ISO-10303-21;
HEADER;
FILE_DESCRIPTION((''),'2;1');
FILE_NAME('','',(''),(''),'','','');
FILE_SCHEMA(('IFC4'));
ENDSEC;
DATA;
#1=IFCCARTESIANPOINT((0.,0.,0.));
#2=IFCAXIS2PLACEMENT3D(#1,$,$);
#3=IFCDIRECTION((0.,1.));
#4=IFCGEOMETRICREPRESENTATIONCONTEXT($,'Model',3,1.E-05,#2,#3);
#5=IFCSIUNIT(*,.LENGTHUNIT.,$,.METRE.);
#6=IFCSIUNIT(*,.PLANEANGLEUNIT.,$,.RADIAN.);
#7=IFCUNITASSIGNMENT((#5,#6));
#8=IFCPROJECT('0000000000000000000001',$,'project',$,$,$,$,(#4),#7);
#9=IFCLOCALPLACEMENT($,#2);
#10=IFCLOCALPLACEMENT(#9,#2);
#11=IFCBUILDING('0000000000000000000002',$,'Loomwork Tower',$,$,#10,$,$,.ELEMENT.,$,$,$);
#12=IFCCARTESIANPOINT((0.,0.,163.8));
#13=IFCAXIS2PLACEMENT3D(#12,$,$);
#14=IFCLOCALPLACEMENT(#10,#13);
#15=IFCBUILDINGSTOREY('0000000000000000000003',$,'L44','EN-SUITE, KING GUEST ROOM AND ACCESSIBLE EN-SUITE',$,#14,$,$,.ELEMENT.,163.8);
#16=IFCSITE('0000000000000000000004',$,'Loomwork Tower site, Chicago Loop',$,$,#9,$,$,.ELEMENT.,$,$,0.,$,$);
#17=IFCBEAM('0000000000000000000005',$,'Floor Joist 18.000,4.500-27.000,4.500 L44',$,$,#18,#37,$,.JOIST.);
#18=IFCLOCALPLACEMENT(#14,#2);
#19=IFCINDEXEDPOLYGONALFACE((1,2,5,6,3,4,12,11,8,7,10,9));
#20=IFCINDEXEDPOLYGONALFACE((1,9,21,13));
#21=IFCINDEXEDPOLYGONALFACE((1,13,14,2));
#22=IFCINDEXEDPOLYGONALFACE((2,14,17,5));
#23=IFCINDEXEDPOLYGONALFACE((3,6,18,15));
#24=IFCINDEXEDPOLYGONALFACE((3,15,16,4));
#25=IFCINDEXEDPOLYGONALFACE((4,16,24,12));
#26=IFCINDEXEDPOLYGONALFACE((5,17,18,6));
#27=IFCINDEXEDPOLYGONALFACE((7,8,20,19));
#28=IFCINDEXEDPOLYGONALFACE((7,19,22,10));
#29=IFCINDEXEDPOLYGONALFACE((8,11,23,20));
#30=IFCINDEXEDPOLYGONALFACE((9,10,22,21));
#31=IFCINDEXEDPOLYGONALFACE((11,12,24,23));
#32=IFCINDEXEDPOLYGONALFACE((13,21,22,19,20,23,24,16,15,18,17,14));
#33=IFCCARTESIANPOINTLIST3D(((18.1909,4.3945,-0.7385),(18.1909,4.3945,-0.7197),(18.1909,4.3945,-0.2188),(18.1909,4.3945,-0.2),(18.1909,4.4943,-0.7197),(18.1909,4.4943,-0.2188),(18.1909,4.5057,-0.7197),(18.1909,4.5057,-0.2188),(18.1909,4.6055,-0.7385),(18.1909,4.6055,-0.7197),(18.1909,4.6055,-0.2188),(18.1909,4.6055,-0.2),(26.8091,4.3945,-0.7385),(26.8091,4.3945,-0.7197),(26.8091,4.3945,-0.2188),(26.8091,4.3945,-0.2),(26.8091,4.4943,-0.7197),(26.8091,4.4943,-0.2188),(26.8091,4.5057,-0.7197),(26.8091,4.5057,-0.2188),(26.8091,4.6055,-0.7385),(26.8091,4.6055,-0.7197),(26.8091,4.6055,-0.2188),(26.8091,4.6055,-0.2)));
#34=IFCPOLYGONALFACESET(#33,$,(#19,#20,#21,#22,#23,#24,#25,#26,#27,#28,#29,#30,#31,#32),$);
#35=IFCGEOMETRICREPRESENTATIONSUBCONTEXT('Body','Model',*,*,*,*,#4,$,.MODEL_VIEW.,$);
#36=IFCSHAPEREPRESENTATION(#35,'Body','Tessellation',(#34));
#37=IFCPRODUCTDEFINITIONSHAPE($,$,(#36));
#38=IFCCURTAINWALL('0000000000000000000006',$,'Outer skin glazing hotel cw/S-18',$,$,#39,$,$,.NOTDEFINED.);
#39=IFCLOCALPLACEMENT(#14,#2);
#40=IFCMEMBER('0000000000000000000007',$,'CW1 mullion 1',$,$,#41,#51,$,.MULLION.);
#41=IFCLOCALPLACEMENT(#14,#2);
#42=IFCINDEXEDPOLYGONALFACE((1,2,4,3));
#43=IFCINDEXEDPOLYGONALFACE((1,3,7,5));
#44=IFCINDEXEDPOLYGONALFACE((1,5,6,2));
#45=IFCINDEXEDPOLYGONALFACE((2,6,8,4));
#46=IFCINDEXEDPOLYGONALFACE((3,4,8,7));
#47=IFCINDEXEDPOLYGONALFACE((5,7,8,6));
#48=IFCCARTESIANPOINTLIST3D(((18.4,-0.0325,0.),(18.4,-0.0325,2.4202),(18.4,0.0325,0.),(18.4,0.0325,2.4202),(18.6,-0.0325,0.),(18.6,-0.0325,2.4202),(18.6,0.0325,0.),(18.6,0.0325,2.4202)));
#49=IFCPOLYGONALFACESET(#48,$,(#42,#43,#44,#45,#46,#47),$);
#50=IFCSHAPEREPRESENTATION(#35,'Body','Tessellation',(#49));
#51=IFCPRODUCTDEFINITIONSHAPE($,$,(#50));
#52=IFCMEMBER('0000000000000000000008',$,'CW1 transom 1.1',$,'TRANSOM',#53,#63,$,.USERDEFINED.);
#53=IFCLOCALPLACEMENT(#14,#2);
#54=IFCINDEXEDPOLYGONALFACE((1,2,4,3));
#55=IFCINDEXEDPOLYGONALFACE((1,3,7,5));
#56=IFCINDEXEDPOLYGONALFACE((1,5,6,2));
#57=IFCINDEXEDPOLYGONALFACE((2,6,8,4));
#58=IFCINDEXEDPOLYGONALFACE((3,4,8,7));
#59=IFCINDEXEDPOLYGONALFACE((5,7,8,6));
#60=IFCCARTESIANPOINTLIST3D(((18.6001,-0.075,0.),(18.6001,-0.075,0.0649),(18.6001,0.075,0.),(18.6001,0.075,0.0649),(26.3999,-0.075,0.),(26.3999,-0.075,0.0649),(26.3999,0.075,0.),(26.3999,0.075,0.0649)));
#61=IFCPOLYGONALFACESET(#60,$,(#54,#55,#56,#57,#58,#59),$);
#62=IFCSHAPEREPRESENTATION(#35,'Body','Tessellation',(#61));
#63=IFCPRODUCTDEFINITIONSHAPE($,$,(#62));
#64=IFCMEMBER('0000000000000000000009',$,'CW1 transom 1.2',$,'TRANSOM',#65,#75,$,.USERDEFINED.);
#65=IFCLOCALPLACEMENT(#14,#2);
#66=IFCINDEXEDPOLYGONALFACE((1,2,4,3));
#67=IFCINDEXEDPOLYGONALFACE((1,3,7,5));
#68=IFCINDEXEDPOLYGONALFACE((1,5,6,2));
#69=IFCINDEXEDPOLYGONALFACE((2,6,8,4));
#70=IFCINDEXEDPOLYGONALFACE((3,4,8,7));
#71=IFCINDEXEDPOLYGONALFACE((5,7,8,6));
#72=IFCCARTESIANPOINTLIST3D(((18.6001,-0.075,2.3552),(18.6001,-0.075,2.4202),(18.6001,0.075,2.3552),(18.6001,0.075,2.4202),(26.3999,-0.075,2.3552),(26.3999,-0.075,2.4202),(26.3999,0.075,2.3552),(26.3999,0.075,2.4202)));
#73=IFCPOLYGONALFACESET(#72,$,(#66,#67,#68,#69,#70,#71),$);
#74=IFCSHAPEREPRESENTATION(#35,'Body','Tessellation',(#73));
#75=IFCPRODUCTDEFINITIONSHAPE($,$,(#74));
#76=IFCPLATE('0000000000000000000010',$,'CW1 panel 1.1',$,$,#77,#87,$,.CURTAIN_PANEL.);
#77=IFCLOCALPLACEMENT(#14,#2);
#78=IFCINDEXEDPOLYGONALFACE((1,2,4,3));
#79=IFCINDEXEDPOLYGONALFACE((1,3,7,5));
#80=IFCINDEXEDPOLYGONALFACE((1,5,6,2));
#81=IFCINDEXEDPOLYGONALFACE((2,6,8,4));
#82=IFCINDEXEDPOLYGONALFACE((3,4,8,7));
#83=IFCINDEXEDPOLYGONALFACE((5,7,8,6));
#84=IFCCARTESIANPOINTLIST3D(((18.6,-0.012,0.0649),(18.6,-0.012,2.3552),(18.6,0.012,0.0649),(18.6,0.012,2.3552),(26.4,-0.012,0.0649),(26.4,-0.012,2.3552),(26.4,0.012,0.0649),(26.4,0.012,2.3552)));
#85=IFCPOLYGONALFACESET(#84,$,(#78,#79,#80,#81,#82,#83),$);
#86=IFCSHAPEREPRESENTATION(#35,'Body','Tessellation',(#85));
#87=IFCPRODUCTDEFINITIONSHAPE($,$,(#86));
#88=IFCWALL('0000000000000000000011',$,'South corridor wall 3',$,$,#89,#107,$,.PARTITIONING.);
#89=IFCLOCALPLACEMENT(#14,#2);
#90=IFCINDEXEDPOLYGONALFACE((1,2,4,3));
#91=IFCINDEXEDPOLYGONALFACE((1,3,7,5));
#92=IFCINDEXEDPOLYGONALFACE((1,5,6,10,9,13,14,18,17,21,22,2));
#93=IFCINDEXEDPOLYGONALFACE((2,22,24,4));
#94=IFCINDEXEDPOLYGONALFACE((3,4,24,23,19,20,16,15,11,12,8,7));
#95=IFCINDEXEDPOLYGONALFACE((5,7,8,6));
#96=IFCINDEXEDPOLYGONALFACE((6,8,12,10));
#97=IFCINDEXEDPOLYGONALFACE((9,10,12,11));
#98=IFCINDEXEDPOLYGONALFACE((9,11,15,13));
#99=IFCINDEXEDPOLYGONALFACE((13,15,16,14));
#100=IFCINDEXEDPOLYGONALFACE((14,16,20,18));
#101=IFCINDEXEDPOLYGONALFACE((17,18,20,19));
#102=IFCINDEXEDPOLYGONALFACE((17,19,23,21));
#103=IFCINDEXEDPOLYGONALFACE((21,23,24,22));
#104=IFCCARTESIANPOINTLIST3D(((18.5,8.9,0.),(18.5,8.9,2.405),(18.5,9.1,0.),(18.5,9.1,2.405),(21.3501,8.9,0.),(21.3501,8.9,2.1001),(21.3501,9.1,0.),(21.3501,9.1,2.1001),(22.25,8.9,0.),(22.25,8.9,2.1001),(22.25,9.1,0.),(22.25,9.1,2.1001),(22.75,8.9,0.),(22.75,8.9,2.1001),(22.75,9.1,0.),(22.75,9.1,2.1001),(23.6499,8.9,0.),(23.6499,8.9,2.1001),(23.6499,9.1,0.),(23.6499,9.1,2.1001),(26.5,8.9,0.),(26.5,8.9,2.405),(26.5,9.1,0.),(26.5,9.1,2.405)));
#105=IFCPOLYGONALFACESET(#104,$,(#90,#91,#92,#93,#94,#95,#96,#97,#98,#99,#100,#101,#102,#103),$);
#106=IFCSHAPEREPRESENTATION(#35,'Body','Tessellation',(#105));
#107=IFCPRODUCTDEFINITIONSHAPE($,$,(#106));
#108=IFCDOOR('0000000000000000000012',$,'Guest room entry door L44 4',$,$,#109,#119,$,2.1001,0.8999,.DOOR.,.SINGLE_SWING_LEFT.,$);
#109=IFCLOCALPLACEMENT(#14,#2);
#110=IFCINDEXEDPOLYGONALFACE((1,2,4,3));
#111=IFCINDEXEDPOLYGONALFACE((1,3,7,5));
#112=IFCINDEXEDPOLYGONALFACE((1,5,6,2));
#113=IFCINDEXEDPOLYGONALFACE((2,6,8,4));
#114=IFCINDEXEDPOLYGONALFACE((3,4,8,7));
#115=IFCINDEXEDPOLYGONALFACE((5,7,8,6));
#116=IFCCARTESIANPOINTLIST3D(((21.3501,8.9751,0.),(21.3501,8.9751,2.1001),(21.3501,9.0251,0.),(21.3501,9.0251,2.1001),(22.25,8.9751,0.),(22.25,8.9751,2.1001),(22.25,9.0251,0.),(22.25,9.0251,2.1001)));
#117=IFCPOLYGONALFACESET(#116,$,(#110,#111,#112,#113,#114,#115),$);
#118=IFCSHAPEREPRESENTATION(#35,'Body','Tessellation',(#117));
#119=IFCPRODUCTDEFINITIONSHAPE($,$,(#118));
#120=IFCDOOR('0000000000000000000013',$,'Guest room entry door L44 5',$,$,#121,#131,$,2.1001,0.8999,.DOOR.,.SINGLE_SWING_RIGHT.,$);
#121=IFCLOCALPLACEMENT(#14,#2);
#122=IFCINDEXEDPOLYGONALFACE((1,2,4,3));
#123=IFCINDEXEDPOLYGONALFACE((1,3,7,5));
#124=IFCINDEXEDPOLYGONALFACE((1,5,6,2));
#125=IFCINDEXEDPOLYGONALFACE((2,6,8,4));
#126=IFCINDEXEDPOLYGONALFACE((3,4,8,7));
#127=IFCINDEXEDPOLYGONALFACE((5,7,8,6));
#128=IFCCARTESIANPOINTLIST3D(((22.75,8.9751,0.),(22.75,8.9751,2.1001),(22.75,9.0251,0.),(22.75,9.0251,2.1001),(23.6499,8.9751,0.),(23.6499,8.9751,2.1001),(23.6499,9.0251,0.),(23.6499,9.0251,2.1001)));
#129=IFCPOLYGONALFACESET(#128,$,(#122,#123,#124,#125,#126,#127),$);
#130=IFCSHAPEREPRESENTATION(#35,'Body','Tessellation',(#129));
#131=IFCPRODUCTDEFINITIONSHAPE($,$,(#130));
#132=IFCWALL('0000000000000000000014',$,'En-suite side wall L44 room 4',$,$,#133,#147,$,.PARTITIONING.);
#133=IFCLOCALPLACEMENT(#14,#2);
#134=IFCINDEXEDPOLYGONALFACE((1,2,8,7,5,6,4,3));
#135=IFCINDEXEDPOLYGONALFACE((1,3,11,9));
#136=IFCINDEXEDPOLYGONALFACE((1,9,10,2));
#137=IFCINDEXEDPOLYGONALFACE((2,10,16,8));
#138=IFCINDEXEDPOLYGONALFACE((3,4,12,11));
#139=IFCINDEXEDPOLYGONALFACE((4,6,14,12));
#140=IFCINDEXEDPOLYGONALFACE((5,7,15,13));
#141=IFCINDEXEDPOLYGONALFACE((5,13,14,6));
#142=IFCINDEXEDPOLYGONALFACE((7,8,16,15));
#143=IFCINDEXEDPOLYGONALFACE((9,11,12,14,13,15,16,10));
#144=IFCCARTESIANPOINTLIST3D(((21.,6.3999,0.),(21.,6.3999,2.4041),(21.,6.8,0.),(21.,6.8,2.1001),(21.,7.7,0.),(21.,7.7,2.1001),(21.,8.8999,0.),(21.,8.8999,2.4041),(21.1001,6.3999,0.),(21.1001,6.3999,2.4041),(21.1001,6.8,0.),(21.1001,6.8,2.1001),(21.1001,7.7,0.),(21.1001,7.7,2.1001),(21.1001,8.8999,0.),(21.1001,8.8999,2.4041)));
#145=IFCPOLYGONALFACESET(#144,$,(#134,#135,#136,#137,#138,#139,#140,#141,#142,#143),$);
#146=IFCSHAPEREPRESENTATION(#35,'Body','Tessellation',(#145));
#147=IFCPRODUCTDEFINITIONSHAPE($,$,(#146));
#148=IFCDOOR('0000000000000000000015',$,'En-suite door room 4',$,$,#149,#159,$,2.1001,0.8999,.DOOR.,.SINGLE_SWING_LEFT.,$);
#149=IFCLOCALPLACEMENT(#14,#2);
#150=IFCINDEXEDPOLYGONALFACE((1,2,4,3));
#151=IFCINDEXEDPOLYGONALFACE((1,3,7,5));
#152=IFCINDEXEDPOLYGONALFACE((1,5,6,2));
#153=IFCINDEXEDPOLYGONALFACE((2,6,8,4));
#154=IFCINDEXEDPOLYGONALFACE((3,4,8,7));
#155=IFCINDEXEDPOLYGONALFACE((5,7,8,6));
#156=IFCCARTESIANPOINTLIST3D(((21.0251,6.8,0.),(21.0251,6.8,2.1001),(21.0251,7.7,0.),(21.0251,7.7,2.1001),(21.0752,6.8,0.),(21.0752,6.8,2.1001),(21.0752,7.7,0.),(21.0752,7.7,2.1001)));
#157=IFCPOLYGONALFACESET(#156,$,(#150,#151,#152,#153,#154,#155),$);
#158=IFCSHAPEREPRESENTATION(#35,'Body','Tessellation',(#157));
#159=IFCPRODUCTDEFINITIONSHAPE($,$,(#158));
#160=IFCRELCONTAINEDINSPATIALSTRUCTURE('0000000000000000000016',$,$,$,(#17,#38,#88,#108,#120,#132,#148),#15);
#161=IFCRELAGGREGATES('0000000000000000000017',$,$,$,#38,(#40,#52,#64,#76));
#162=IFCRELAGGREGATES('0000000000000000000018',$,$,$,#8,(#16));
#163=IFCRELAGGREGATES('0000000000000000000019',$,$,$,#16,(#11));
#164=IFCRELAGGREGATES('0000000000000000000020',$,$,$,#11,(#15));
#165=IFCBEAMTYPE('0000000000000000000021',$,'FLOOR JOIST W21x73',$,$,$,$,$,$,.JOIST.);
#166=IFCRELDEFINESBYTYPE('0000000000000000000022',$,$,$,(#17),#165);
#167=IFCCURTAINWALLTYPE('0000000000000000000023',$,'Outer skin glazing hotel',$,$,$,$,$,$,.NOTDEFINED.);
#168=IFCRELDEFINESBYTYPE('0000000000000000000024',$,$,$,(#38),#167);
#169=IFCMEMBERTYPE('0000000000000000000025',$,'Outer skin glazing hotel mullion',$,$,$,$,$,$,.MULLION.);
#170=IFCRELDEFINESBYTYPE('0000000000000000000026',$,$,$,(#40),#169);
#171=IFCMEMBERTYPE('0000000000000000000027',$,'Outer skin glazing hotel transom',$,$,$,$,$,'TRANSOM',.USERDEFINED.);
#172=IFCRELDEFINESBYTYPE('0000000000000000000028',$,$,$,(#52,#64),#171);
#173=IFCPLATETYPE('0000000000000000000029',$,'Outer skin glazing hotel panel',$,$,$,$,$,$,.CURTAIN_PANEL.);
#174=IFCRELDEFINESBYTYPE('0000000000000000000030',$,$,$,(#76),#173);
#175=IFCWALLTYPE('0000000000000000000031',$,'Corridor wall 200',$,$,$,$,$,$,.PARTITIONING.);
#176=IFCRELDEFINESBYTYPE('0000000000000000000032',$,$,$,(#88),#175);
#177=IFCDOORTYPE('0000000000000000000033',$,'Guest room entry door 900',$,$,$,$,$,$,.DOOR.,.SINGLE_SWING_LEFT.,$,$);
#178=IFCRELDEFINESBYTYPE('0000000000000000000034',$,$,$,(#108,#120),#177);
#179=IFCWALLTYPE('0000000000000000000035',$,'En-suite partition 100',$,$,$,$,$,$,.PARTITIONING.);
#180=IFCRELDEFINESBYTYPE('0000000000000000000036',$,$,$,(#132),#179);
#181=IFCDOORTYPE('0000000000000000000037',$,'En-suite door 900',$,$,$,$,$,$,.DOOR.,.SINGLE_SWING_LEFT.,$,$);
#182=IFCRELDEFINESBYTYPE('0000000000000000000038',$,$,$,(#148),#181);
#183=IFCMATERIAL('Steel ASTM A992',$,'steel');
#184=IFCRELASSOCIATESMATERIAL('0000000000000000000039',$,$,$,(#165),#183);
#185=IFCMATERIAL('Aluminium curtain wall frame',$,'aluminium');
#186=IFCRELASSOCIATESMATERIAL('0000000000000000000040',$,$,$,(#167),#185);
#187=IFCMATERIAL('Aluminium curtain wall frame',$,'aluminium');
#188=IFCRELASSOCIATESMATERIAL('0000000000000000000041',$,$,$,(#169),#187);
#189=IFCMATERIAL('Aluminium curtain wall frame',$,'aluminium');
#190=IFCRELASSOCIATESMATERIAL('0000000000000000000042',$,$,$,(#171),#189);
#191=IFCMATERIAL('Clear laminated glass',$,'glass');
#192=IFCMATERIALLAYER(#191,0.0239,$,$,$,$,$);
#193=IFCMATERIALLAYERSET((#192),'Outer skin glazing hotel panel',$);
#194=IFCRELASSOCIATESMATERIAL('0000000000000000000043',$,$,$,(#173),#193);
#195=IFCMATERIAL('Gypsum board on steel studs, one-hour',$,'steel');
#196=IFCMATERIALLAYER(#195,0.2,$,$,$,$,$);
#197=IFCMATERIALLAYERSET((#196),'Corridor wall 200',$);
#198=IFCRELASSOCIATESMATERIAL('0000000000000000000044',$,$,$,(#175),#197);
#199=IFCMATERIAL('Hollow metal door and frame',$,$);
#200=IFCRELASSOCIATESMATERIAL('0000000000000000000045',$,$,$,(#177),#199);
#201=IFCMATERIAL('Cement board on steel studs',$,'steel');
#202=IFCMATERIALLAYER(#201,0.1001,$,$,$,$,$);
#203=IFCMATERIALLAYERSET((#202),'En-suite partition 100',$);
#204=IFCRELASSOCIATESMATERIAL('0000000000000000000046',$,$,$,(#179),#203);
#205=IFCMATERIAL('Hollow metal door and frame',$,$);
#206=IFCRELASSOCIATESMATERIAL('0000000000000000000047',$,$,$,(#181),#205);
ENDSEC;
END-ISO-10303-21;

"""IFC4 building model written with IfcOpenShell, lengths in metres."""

from ifc_helpers import new_model, si_unit, direction, frame, frame_2d, origin, origin_2d, place, context, subcontext, project, spatial, rectangle, i_section, extrude, material, layer, layer_set, material_profile, profile_set, type_object, element, fill, aggregate, save


model = new_model("IFC4")

# Units and contexts
model_context = context("Model", 3, precision=1e-05, world=origin(), true_north=direction((0.0, 1.0)))
body_context = subcontext(model_context, "Body", "Model", "MODEL_VIEW")
ifc_project = project(units=[si_unit("LENGTHUNIT", "METRE"), si_unit("PLANEANGLEUNIT", "RADIAN")], contexts=[model_context])

# Site, building, storey
site_placement = place(None, origin())
site = spatial("IfcSite", under=ifc_project, at=site_placement, Name="Loomwork Tower site, Chicago Loop", CompositionType="ELEMENT", RefElevation=0.0)
building_placement = place(site_placement, origin())
building = spatial("IfcBuilding", under=site, at=building_placement, Name="Loomwork Tower", CompositionType="ELEMENT")
storey_placement = place(building_placement, frame((0.0, 0.0, 163.8)))
storey = spatial("IfcBuildingStorey", under=building, at=storey_placement, Name="L44", Description="EN-SUITE, KING GUEST ROOM AND ACCESSIBLE EN-SUITE", CompositionType="ELEMENT", Elevation=163.8)

# Beam
ifc_material_1 = material(Name="Steel ASTM A992", Category="steel")
ifc_material_profile_1 = material_profile(ifc_material_1, i_section(OverallWidth=0.2109, OverallDepth=0.5386, WebThickness=0.0115, FlangeThickness=0.0188, at=origin_2d()), Name="W21x73")
ifc_profile_set_1 = profile_set([ifc_material_profile_1], Name="Steel ASTM A992")
beam_type = type_object("IfcBeamType", Name="FLOOR JOIST W21x73", PredefinedType="JOIST", material=ifc_profile_set_1)
beam_placement = place(storey_placement, frame((18.1909, 4.5, -0.4692), z_axis=(1.0, 0.0, 0.0), x_axis=(0.0, 1.0, 0.0)))
element("IfcBeam", 1, at=beam_placement, inside=storey, type_object=beam_type, Name="Floor Joist 18.000,4.500-27.000,4.500 L44", PredefinedType="JOIST", context=body_context, shape_type="SweptSolid", body=[
    extrude(i_section(OverallWidth=0.2109, OverallDepth=0.5386, WebThickness=0.0115, FlangeThickness=0.0188, at=origin_2d()), origin(), (0.0, 0.0, 1.0), 8.6182),
])

# Curtain wall, members, plate
ifc_material_2 = material(Name="Aluminium curtain wall frame", Category="aluminium")
curtain_wall_type = type_object("IfcCurtainWallType", Name="Outer skin glazing hotel", PredefinedType="NOTDEFINED", material=ifc_material_2)
curtain_wall_placement = place(storey_placement, origin())
curtain_wall = element("IfcCurtainWall", 2, at=curtain_wall_placement, inside=storey, type_object=curtain_wall_type, Name="Outer skin glazing hotel cw/S-18", PredefinedType="NOTDEFINED")
ifc_material_3 = material(Name="Aluminium curtain wall frame", Category="aluminium")
ifc_material_profile_2 = material_profile(ifc_material_3, rectangle(XDim=0.0649, YDim=0.2, at=origin_2d()), Name="AL 65x200")
ifc_profile_set_2 = profile_set([ifc_material_profile_2], Name="Aluminium curtain wall frame")
member_type_1 = type_object("IfcMemberType", Name="Outer skin glazing hotel mullion", PredefinedType="MULLION", material=ifc_profile_set_2)
member_1_placement = place(storey_placement, frame((18.5, 0.0, 0.0), z_axis=(0.0, 0.0, 1.0), x_axis=(0.0, 1.0, 0.0)))
member_1 = element("IfcMember", 3, at=member_1_placement, type_object=member_type_1, Name="CW1 mullion 1", PredefinedType="MULLION", context=body_context, shape_type="SweptSolid", body=[
    extrude(rectangle(XDim=0.0649, YDim=0.2, at=origin_2d()), origin(), (0.0, 0.0, 1.0), 2.4202),
])
ifc_material_4 = material(Name="Aluminium curtain wall frame", Category="aluminium")
ifc_material_profile_3 = material_profile(ifc_material_4, rectangle(XDim=0.1499, YDim=0.0649, at=origin_2d()), Name="AL 65x150")
ifc_profile_set_3 = profile_set([ifc_material_profile_3], Name="Aluminium curtain wall frame")
member_type_2 = type_object("IfcMemberType", Name="Outer skin glazing hotel transom", ElementType="TRANSOM", PredefinedType="USERDEFINED", material=ifc_profile_set_3)
member_2_placement = place(storey_placement, frame((18.6001, 0.0, 0.0325), z_axis=(1.0, 0.0, 0.0), x_axis=(0.0, 1.0, 0.0)))
member_2 = element("IfcMember", 4, at=member_2_placement, type_object=member_type_2, Name="CW1 transom 1.1", ObjectType="TRANSOM", PredefinedType="USERDEFINED", context=body_context, shape_type="SweptSolid", body=[
    extrude(rectangle(XDim=0.1499, YDim=0.0649, at=origin_2d()), origin(), (0.0, 0.0, 1.0), 7.7998),
])
member_3_placement = place(storey_placement, frame((18.6001, 0.0, 2.3877), z_axis=(1.0, 0.0, 0.0), x_axis=(0.0, 1.0, 0.0)))
member_3 = element("IfcMember", 5, at=member_3_placement, type_object=member_type_2, Name="CW1 transom 1.2", ObjectType="TRANSOM", PredefinedType="USERDEFINED", context=body_context, shape_type="SweptSolid", body=[
    extrude(rectangle(XDim=0.1499, YDim=0.0649, at=origin_2d()), origin(), (0.0, 0.0, 1.0), 7.7998),
])
ifc_material_5 = material(Name="Clear laminated glass", Category="glass")
ifc_layer_1 = layer(ifc_material_5, 0.0239)
ifc_layer_set_1 = layer_set([ifc_layer_1], Name="Outer skin glazing hotel panel")
plate_type = type_object("IfcPlateType", Name="Outer skin glazing hotel panel", PredefinedType="CURTAIN_PANEL", material=ifc_layer_set_1)
plate_placement = place(storey_placement, frame((22.5, 0.0, 0.0649), z_axis=(0.0, 0.0, 1.0), x_axis=(1.0, 0.0, 0.0)))
plate = element("IfcPlate", 6, at=plate_placement, type_object=plate_type, Name="CW1 panel 1.1", PredefinedType="CURTAIN_PANEL", context=body_context, shape_type="SweptSolid", body=[
    extrude(rectangle(XDim=7.8, YDim=0.0239, at=origin_2d()), origin(), (0.0, 0.0, 1.0), 2.2903),
])
aggregate(curtain_wall, [member_1, member_2, member_3, plate])

# Wall, openings, doors
ifc_material_6 = material(Name="Gypsum board on steel studs, one-hour", Category="steel")
ifc_layer_2 = layer(ifc_material_6, 0.2)
ifc_layer_set_2 = layer_set([ifc_layer_2], Name="Corridor wall 200")
wall_type_1 = type_object("IfcWallType", Name="Corridor wall 200", PredefinedType="PARTITIONING", material=ifc_layer_set_2)
wall_1_placement = place(storey_placement, frame((18.5, 9.0, 0.0), z_axis=(0.0, 0.0, 1.0), x_axis=(1.0, 0.0, 0.0)))
wall_1 = element("IfcWall", 7, at=wall_1_placement, inside=storey, type_object=wall_type_1, Name="South corridor wall 3", PredefinedType="PARTITIONING", context=body_context, shape_type="SweptSolid", body=[
    extrude(rectangle(XDim=8.0, YDim=0.2, at=frame_2d((4.0, 0.0))), origin(), (0.0, 0.0, 1.0), 2.405),
])
opening_1_placement = place(wall_1_placement, frame((2.8501, 0.0, 0.0)))
opening_1 = element("IfcOpeningElement", 8, at=opening_1_placement, cuts=wall_1, PredefinedType="OPENING", context=body_context, shape_type="SweptSolid", body=[
    extrude(rectangle(XDim=0.8999, YDim=2.1001, at=frame_2d((0.45, 1.05))), frame((0.0, 0.1099, 0.0), z_axis=(0.0, -1.0, 0.0), x_axis=(1.0, 0.0, 0.0)), (0.0, 0.0, 1.0), 0.22),
])
opening_2_placement = place(wall_1_placement, frame((4.25, 0.0, 0.0)))
opening_2 = element("IfcOpeningElement", 9, at=opening_2_placement, cuts=wall_1, PredefinedType="OPENING", context=body_context, shape_type="SweptSolid", body=[
    extrude(rectangle(XDim=0.8999, YDim=2.1001, at=frame_2d((0.45, 1.05))), frame((0.0, 0.1099, 0.0), z_axis=(0.0, -1.0, 0.0), x_axis=(1.0, 0.0, 0.0)), (0.0, 0.0, 1.0), 0.22),
])
ifc_material_7 = material(Name="Hollow metal door and frame")
door_type_1 = type_object("IfcDoorType", Name="Guest room entry door 900", OperationType="SINGLE_SWING_LEFT", PredefinedType="DOOR", material=ifc_material_7)
door_1_placement = place(opening_1_placement, frame((0.8999, 0.0, 0.0), z_axis=(0.0, 0.0, 1.0), x_axis=(-1.0, 0.0, 0.0)))
door_1 = element("IfcDoor", 10, at=door_1_placement, inside=storey, type_object=door_type_1, Name="Guest room entry door L44 4", OperationType="SINGLE_SWING_LEFT", OverallHeight=2.1001, OverallWidth=0.8999, PredefinedType="DOOR", context=body_context, shape_type="SweptSolid", body=[
    extrude(rectangle(XDim=0.8999, YDim=2.1001, at=frame_2d((0.45, 1.05))), frame((0.0, 0.0249, 0.0), z_axis=(0.0, -1.0, 0.0), x_axis=(1.0, 0.0, 0.0)), (0.0, 0.0, 1.0), 0.05),
])
fill(opening_1, door_1)
door_2_placement = place(opening_2_placement, frame((0.8999, 0.0, 0.0), z_axis=(0.0, 0.0, 1.0), x_axis=(-1.0, 0.0, 0.0)))
door_2 = element("IfcDoor", 11, at=door_2_placement, inside=storey, type_object=door_type_1, Name="Guest room entry door L44 5", OperationType="SINGLE_SWING_RIGHT", OverallHeight=2.1001, OverallWidth=0.8999, PredefinedType="DOOR", context=body_context, shape_type="SweptSolid", body=[
    extrude(rectangle(XDim=0.8999, YDim=2.1001, at=frame_2d((0.45, 1.05))), frame((0.0, 0.0249, 0.0), z_axis=(0.0, -1.0, 0.0), x_axis=(1.0, 0.0, 0.0)), (0.0, 0.0, 1.0), 0.05),
])
fill(opening_2, door_2)

# Wall, opening, door
ifc_material_8 = material(Name="Cement board on steel studs", Category="steel")
ifc_layer_3 = layer(ifc_material_8, 0.1001)
ifc_layer_set_3 = layer_set([ifc_layer_3], Name="En-suite partition 100")
wall_type_2 = type_object("IfcWallType", Name="En-suite partition 100", PredefinedType="PARTITIONING", material=ifc_layer_set_3)
wall_2_placement = place(storey_placement, frame((21.05, 8.8999, 0.0), z_axis=(0.0, 0.0, 1.0), x_axis=(0.0, -1.0, 0.0)))
wall_2 = element("IfcWall", 12, at=wall_2_placement, inside=storey, type_object=wall_type_2, Name="En-suite side wall L44 room 4", PredefinedType="PARTITIONING", context=body_context, shape_type="SweptSolid", body=[
    extrude(rectangle(XDim=2.5, YDim=0.1001, at=frame_2d((1.25, 0.0))), origin(), (0.0, 0.0, 1.0), 2.4041),
])
opening_3_placement = place(wall_2_placement, frame((1.2, 0.0, 0.0)))
opening_3 = element("IfcOpeningElement", 13, at=opening_3_placement, cuts=wall_2, PredefinedType="OPENING", context=body_context, shape_type="SweptSolid", body=[
    extrude(rectangle(XDim=0.8999, YDim=2.1001, at=frame_2d((0.45, 1.05))), frame((0.0, 0.0601, 0.0), z_axis=(0.0, -1.0, 0.0), x_axis=(1.0, 0.0, 0.0)), (0.0, 0.0, 1.0), 0.1201),
])
ifc_material_9 = material(Name="Hollow metal door and frame")
door_type_2 = type_object("IfcDoorType", Name="En-suite door 900", OperationType="SINGLE_SWING_LEFT", PredefinedType="DOOR", material=ifc_material_9)
door_3_placement = place(opening_3_placement, frame((0.8999, 0.0, 0.0), z_axis=(0.0, 0.0, 1.0), x_axis=(-1.0, 0.0, 0.0)))
door_3 = element("IfcDoor", 14, at=door_3_placement, inside=storey, type_object=door_type_2, Name="En-suite door room 4", OperationType="SINGLE_SWING_LEFT", OverallHeight=2.1001, OverallWidth=0.8999, PredefinedType="DOOR", context=body_context, shape_type="SweptSolid", body=[
    extrude(rectangle(XDim=0.8999, YDim=2.1001, at=frame_2d((0.45, 1.05))), frame((0.0, 0.0249, 0.0), z_axis=(0.0, -1.0, 0.0), x_axis=(1.0, 0.0, 0.0)), (0.0, 0.0, 1.0), 0.05),
])
fill(opening_3, door_3)

save(model, "model.ifc")
